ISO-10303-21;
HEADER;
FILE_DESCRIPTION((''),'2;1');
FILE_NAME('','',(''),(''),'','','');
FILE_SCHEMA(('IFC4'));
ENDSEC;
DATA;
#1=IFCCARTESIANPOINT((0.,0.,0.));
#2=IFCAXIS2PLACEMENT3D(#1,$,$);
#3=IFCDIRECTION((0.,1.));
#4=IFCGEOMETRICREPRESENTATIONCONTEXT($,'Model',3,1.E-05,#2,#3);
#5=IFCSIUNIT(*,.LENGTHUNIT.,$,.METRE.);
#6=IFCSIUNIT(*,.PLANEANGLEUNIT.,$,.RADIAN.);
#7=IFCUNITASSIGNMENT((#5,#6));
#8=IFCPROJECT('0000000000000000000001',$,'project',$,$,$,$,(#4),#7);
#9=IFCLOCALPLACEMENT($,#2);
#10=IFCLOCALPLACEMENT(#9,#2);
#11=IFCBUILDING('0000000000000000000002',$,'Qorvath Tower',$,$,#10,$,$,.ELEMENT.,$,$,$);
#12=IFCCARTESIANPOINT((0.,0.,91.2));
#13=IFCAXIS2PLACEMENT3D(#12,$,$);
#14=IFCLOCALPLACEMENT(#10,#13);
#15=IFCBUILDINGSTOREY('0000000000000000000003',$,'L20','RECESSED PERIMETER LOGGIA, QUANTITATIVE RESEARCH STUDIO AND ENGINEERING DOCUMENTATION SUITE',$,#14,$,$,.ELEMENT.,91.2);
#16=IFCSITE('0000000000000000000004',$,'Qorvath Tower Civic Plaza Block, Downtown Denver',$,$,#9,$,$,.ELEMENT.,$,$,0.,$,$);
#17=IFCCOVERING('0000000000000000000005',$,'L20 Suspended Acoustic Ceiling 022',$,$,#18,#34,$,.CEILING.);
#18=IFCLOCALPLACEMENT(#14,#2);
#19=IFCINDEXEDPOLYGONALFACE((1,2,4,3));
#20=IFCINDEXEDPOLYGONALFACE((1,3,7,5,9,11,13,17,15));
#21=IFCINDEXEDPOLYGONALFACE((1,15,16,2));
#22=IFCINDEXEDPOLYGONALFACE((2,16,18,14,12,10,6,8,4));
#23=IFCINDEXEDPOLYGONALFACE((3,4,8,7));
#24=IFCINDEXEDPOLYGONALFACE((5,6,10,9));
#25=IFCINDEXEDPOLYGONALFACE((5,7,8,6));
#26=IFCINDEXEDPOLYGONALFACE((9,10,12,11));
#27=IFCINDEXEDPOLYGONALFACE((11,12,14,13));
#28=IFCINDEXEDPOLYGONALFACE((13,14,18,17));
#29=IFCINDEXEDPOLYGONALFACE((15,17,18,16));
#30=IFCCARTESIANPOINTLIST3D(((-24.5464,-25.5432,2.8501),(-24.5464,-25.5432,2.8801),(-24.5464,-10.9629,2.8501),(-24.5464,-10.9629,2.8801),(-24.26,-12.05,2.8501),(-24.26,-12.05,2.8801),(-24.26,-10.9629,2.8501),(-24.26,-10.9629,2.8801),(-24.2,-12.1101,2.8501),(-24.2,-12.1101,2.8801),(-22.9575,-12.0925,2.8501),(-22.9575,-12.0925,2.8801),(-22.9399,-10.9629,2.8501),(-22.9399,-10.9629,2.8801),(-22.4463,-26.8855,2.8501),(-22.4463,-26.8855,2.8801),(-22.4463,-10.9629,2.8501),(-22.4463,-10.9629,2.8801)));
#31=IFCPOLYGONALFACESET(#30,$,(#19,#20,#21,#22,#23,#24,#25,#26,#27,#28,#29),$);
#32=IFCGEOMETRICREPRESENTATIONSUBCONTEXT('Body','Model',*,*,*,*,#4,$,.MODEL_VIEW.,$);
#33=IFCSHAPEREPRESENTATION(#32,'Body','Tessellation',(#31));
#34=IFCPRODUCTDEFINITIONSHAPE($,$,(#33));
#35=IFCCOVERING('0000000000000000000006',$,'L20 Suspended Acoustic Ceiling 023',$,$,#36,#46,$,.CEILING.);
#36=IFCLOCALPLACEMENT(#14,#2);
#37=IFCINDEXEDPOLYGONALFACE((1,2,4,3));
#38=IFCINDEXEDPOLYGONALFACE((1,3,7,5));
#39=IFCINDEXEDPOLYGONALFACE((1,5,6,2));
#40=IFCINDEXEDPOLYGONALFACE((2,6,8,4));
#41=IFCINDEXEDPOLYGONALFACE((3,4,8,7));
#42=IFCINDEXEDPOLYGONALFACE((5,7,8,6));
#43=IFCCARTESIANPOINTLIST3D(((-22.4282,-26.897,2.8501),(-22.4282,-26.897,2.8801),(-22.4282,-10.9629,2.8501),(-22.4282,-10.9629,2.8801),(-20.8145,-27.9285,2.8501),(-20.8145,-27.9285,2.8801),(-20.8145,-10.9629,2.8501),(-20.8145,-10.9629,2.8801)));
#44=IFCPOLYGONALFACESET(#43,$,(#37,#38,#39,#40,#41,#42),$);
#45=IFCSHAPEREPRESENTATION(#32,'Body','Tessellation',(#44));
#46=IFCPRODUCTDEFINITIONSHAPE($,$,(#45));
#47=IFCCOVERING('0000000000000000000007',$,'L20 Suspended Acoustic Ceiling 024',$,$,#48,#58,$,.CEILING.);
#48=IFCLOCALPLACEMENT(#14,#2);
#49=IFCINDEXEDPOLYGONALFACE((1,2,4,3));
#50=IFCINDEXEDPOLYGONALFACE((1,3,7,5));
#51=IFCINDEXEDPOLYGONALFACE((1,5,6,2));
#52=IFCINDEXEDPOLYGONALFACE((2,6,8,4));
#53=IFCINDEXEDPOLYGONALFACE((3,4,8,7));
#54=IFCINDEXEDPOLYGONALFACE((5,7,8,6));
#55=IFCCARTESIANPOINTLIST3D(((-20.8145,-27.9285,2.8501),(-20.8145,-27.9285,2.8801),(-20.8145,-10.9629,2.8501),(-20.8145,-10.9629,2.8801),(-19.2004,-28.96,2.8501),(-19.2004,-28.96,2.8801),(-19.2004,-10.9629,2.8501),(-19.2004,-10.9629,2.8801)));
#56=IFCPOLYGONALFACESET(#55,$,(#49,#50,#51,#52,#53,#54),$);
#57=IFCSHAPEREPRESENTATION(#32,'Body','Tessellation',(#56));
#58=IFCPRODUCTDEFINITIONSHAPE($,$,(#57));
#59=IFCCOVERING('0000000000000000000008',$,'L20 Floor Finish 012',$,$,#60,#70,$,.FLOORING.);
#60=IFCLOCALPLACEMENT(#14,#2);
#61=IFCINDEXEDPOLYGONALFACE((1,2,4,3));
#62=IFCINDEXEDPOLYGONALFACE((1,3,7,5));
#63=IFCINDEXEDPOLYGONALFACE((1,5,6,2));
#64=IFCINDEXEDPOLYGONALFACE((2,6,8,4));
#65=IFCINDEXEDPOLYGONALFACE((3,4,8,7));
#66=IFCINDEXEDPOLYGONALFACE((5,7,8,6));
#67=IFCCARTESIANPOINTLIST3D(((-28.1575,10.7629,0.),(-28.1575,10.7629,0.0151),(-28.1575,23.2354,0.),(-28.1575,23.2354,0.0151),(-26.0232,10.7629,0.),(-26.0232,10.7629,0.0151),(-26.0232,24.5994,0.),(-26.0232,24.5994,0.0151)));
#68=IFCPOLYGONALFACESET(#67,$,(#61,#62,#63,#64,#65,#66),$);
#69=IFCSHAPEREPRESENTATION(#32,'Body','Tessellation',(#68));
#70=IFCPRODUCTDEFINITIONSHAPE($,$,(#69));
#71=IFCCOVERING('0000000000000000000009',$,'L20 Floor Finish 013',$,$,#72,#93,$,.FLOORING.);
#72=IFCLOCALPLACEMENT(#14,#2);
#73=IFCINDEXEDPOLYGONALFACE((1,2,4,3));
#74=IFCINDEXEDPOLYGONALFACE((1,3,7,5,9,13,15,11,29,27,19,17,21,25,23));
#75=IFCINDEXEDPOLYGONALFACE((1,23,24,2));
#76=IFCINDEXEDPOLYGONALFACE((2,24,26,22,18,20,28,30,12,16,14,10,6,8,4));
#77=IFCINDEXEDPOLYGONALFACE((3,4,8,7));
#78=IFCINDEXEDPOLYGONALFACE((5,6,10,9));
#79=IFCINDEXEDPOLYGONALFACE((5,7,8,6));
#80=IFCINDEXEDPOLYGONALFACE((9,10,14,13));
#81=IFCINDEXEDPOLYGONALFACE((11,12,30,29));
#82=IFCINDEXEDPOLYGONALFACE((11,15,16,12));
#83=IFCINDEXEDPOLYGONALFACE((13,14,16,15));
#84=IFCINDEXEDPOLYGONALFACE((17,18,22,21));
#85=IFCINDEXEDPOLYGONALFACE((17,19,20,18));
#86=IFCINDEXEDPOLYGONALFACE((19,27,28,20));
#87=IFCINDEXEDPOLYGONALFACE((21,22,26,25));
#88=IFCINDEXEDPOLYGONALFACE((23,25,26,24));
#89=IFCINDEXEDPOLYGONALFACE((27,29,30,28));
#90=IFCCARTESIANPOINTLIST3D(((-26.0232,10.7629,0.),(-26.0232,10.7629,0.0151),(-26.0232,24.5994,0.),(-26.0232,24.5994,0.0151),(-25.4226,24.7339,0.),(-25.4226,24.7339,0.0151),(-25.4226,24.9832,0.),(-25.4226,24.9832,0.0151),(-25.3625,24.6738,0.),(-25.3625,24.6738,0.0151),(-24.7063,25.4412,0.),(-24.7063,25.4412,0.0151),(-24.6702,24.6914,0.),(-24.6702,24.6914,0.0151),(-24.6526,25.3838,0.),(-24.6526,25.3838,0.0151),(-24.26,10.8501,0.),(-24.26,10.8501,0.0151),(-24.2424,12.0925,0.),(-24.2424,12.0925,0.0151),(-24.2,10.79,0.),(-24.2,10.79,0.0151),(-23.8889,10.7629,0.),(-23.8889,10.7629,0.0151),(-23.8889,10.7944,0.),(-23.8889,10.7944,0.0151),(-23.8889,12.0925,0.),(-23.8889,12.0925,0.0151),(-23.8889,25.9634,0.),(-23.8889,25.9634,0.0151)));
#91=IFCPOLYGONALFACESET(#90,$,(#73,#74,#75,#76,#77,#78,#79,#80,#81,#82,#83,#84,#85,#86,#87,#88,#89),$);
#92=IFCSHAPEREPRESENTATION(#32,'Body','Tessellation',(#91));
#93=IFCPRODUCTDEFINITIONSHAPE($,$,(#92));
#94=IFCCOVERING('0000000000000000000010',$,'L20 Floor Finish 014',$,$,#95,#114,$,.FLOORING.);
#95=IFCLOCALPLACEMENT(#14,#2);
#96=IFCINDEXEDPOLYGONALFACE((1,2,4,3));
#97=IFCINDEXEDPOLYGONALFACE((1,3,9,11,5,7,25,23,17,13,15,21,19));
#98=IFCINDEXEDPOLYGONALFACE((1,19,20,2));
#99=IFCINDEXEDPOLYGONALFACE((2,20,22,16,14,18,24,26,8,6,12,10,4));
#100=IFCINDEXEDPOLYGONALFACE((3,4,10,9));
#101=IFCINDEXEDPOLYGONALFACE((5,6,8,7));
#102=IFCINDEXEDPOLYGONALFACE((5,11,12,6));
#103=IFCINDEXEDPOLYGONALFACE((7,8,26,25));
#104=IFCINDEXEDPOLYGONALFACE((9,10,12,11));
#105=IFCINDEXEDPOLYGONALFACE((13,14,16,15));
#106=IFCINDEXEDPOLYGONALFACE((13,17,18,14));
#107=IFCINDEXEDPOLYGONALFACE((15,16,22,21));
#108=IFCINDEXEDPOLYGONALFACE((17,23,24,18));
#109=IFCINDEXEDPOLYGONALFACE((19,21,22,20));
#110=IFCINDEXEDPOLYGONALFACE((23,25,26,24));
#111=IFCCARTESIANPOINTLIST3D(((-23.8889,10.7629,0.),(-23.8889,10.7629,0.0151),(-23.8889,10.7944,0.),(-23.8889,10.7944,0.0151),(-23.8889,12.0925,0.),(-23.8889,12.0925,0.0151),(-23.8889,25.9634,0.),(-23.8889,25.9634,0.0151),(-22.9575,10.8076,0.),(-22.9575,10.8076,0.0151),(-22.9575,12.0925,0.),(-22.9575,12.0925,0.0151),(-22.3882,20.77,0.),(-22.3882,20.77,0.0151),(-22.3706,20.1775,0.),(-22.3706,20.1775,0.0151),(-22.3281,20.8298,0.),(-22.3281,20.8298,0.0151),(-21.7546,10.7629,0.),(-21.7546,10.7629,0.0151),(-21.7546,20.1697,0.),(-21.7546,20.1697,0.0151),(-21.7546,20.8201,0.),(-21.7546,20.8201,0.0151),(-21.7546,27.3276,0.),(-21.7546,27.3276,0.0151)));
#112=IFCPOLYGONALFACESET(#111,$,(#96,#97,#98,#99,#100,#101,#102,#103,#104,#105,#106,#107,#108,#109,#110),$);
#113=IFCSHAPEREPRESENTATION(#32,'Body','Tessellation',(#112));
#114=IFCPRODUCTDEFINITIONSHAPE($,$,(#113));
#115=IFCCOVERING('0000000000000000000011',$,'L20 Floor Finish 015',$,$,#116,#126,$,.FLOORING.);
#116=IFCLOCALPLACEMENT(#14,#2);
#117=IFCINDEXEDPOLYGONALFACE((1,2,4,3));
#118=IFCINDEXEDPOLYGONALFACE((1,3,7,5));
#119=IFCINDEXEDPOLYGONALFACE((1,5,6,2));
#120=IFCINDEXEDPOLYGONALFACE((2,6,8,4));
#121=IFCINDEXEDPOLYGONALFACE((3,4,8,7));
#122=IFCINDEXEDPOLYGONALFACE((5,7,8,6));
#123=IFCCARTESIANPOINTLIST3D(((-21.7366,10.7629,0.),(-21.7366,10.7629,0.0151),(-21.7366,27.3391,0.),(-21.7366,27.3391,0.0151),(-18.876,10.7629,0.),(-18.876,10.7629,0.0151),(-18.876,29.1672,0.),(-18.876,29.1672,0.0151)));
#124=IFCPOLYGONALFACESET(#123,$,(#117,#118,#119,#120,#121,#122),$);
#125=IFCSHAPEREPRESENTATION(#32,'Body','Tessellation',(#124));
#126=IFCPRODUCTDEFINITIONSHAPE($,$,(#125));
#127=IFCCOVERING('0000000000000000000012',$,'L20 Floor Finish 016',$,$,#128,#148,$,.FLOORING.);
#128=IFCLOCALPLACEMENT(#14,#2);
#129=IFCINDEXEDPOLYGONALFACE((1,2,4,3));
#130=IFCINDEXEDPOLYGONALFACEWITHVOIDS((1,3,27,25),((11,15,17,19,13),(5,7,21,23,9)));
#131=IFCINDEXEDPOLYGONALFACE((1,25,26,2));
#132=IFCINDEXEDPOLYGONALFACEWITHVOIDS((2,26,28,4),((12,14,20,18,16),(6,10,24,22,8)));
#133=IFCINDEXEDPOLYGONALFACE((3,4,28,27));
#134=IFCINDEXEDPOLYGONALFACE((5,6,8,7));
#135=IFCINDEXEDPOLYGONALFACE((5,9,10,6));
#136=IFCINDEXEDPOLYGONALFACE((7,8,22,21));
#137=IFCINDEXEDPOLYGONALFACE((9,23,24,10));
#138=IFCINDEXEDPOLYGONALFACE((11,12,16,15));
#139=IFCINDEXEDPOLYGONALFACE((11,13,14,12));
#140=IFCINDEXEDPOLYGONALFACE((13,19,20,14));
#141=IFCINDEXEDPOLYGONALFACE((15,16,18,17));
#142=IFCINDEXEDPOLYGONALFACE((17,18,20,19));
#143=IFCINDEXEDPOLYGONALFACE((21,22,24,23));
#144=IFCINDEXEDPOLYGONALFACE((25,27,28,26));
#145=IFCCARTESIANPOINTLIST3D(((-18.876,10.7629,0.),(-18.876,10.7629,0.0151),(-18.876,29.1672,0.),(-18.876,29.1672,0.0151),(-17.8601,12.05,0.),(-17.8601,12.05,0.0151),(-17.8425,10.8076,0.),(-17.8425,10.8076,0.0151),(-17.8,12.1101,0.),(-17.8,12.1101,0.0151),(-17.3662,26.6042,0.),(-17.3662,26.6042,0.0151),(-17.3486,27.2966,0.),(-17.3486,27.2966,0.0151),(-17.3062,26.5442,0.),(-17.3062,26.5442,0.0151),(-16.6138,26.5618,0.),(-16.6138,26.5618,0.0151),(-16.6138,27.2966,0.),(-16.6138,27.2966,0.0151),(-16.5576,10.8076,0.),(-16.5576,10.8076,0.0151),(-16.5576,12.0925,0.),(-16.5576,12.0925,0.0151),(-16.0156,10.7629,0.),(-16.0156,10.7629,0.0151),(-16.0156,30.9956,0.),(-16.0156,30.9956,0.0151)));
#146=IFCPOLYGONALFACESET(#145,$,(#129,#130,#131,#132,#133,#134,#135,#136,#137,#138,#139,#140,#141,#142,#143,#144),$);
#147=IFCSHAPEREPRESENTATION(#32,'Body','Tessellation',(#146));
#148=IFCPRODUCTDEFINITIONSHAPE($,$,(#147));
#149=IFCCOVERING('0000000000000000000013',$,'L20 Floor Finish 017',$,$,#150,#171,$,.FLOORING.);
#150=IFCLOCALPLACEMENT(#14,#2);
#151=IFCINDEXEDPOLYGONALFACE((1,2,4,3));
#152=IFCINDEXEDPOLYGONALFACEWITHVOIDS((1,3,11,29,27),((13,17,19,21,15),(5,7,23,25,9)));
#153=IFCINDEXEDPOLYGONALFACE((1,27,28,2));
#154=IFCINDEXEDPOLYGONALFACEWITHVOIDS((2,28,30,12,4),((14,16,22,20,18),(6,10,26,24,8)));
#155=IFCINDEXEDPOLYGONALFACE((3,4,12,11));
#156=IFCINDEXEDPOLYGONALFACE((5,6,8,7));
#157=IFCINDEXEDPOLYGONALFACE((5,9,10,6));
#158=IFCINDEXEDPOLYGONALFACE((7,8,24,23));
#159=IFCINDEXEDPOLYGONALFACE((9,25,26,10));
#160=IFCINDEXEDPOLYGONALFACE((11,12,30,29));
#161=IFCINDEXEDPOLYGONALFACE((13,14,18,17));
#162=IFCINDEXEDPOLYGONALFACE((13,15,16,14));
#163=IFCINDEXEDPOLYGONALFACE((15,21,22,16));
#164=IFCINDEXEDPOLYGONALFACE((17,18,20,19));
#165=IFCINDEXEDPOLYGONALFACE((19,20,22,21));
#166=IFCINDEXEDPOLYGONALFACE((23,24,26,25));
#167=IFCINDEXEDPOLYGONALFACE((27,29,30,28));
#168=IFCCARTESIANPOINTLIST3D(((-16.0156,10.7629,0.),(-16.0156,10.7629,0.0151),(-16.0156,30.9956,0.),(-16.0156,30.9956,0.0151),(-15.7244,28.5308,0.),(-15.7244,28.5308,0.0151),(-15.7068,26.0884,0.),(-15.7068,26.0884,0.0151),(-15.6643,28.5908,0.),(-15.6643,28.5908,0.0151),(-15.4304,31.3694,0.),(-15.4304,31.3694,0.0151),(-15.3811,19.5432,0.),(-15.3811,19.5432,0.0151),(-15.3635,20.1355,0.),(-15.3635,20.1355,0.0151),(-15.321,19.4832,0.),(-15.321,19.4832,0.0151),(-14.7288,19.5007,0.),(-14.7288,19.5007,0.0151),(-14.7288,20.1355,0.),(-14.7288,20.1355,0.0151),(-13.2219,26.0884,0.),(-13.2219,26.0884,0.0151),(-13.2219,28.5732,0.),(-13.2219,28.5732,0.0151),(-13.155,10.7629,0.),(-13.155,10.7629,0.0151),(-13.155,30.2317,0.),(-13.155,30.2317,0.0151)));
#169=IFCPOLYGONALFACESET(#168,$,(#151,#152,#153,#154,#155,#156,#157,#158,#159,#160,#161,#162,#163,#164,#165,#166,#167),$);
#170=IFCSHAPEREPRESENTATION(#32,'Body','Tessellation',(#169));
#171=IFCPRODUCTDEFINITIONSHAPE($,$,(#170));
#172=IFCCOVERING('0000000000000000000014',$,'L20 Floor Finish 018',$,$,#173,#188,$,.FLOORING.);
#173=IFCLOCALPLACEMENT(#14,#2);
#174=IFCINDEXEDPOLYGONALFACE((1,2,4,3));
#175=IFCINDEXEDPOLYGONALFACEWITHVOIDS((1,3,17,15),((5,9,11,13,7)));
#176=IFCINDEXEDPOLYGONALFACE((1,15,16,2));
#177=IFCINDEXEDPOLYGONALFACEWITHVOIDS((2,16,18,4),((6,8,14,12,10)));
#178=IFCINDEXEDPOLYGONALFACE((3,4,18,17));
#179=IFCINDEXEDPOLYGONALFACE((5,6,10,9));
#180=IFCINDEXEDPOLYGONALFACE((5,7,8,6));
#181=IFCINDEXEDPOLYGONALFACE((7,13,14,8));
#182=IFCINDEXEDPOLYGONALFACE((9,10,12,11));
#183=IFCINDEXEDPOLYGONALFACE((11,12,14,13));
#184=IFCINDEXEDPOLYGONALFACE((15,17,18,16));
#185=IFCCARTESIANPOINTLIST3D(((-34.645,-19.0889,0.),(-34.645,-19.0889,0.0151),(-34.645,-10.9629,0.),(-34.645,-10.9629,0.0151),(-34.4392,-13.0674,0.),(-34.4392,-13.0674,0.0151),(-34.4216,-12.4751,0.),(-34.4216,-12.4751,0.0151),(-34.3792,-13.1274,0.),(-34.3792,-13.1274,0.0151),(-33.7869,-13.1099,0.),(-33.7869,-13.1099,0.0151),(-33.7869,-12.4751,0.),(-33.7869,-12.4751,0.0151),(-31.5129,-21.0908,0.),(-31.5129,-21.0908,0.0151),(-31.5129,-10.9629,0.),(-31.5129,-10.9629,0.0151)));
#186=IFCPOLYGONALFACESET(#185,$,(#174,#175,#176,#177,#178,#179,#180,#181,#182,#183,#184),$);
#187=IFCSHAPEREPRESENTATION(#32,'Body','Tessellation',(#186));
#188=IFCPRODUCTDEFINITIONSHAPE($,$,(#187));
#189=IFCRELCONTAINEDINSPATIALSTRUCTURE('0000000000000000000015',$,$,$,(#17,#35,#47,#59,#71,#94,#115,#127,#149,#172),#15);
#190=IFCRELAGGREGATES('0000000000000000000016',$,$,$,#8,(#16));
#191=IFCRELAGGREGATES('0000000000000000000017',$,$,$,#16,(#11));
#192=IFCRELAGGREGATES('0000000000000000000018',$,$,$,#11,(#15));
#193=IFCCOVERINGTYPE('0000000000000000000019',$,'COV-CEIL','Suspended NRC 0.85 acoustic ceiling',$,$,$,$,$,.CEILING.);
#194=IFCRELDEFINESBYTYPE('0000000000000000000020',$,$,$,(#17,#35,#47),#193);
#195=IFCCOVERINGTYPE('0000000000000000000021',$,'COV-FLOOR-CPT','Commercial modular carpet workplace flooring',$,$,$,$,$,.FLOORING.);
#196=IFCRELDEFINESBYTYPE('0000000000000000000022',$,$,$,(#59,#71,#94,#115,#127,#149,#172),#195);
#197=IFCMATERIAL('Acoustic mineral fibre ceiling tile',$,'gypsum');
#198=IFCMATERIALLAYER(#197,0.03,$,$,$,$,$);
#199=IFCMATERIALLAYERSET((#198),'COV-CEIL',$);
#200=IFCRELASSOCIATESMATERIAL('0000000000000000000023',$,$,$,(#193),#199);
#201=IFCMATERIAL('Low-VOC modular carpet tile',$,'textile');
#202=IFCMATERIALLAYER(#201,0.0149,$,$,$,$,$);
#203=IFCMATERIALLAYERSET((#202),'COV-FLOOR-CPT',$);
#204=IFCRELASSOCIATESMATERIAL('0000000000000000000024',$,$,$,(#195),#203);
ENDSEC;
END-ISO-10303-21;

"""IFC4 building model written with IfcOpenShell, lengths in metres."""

from ifc_helpers import new_model, si_unit, direction, frame, origin, place, context, subcontext, project, spatial, polyline, outline, extrude, material, layer, layer_set, type_object, element, save


model = new_model("IFC4")

# Units and contexts
model_context = context("Model", 3, precision=1e-05, world=origin(), true_north=direction((0.0, 1.0)))
body_context = subcontext(model_context, "Body", "Model", "MODEL_VIEW")
ifc_project = project(units=[si_unit("LENGTHUNIT", "METRE"), si_unit("PLANEANGLEUNIT", "RADIAN")], contexts=[model_context])

# Site, building, storey
site_placement = place(None, origin())
site = spatial("IfcSite", under=ifc_project, at=site_placement, Name="Qorvath Tower Civic Plaza Block, Downtown Denver", CompositionType="ELEMENT", RefElevation=0.0)
building_placement = place(site_placement, origin())
building = spatial("IfcBuilding", under=site, at=building_placement, Name="Qorvath Tower", CompositionType="ELEMENT")
storey_placement = place(building_placement, frame((0.0, 0.0, 91.2)))
storey = spatial("IfcBuildingStorey", under=building, at=storey_placement, Name="L20", Description="RECESSED PERIMETER LOGGIA, QUANTITATIVE RESEARCH STUDIO AND ENGINEERING DOCUMENTATION SUITE", CompositionType="ELEMENT", Elevation=91.2)

# Coverings
ifc_material_1 = material(Name="Acoustic mineral fibre ceiling tile", Category="gypsum")
ifc_layer_1 = layer(ifc_material_1, 0.03)
ifc_layer_set_1 = layer_set([ifc_layer_1], Name="COV-CEIL")
covering_type_1 = type_object("IfcCoveringType", Name="COV-CEIL", Description="Suspended NRC 0.85 acoustic ceiling", PredefinedType="CEILING", material=ifc_layer_set_1)
covering_1_placement = place(storey_placement, frame((0.0, 0.0, 2.8501)))
element("IfcCovering", 1, at=covering_1_placement, inside=storey, type_object=covering_type_1, Name="L20 Suspended Acoustic Ceiling 022", PredefinedType="CEILING", context=body_context, shape_type="SweptSolid", body=[
    extrude(outline(polyline([(-22.4463, -26.8855), (-22.4463, -10.9629), (-22.9399, -10.9629), (-22.9575, -12.0925), (-24.2, -12.1101), (-24.26, -12.05), (-24.26, -10.9629), (-24.5464, -10.9629), (-24.5464, -25.5432), (-22.4463, -26.8855)])), origin(), (0.0, 0.0, 1.0), 0.03),
])
covering_2_placement = place(storey_placement, frame((0.0, 0.0, 2.8501)))
element("IfcCovering", 2, at=covering_2_placement, inside=storey, type_object=covering_type_1, Name="L20 Suspended Acoustic Ceiling 023", PredefinedType="CEILING", context=body_context, shape_type="SweptSolid", body=[
    extrude(outline(polyline([(-22.4282, -26.897), (-20.8145, -27.9285), (-20.8145, -10.9629), (-22.4282, -10.9629), (-22.4282, -26.897)])), origin(), (0.0, 0.0, 1.0), 0.03),
])
covering_3_placement = place(storey_placement, frame((0.0, 0.0, 2.8501)))
element("IfcCovering", 3, at=covering_3_placement, inside=storey, type_object=covering_type_1, Name="L20 Suspended Acoustic Ceiling 024", PredefinedType="CEILING", context=body_context, shape_type="SweptSolid", body=[
    extrude(outline(polyline([(-20.8145, -10.9629), (-20.8145, -27.9285), (-19.2004, -28.96), (-19.2004, -10.9629), (-20.8145, -10.9629)])), origin(), (0.0, 0.0, 1.0), 0.03),
])
ifc_material_2 = material(Name="Low-VOC modular carpet tile", Category="textile")
ifc_layer_2 = layer(ifc_material_2, 0.0149)
ifc_layer_set_2 = layer_set([ifc_layer_2], Name="COV-FLOOR-CPT")
covering_type_2 = type_object("IfcCoveringType", Name="COV-FLOOR-CPT", Description="Commercial modular carpet workplace flooring", PredefinedType="FLOORING", material=ifc_layer_set_2)
covering_4_placement = place(storey_placement, origin())
element("IfcCovering", 4, at=covering_4_placement, inside=storey, type_object=covering_type_2, Name="L20 Floor Finish 012", PredefinedType="FLOORING", context=body_context, shape_type="SweptSolid", body=[
    extrude(outline(polyline([(-26.0232, 10.7629), (-26.0232, 24.5994), (-28.1575, 23.2354), (-28.1575, 10.7629), (-26.0232, 10.7629)])), origin(), (0.0, 0.0, 1.0), 0.0151),
])
covering_5_placement = place(storey_placement, origin())
element("IfcCovering", 5, at=covering_5_placement, inside=storey, type_object=covering_type_2, Name="L20 Floor Finish 013", PredefinedType="FLOORING", context=body_context, shape_type="SweptSolid", body=[
    extrude(outline(polyline([(-23.8889, 10.7629), (-23.8889, 10.7944), (-24.2, 10.79), (-24.26, 10.8501), (-24.2424, 12.0925), (-23.8889, 12.0925), (-23.8889, 25.9634), (-24.7063, 25.4412), (-24.6526, 25.3838), (-24.6702, 24.6914), (-25.3625, 24.6738), (-25.4226, 24.7339), (-25.4226, 24.9832), (-26.0232, 24.5994), (-26.0232, 10.7629), (-23.8889, 10.7629)])), origin(), (0.0, 0.0, 1.0), 0.0151),
])
covering_6_placement = place(storey_placement, origin())
element("IfcCovering", 6, at=covering_6_placement, inside=storey, type_object=covering_type_2, Name="L20 Floor Finish 014", PredefinedType="FLOORING", context=body_context, shape_type="SweptSolid", body=[
    extrude(outline(polyline([(-21.7546, 20.8201), (-21.7546, 27.3276), (-23.8889, 25.9634), (-23.8889, 12.0925), (-22.9575, 12.0925), (-22.9575, 10.8076), (-23.8889, 10.7944), (-23.8889, 10.7629), (-21.7546, 10.7629), (-21.7546, 20.1697), (-22.3706, 20.1775), (-22.3882, 20.77), (-22.3281, 20.8298), (-21.7546, 20.8201)])), origin(), (0.0, 0.0, 1.0), 0.0151),
])
covering_7_placement = place(storey_placement, origin())
element("IfcCovering", 7, at=covering_7_placement, inside=storey, type_object=covering_type_2, Name="L20 Floor Finish 015", PredefinedType="FLOORING", context=body_context, shape_type="SweptSolid", body=[
    extrude(outline(polyline([(-21.7366, 10.7629), (-18.876, 10.7629), (-18.876, 29.1672), (-21.7366, 27.3391), (-21.7366, 10.7629)])), origin(), (0.0, 0.0, 1.0), 0.0151),
])
covering_8_placement = place(storey_placement, origin())
element("IfcCovering", 8, at=covering_8_placement, inside=storey, type_object=covering_type_2, Name="L20 Floor Finish 016", PredefinedType="FLOORING", context=body_context, shape_type="SweptSolid", body=[
    extrude(outline(polyline([(-18.876, 29.1672), (-18.876, 10.7629), (-16.0156, 10.7629), (-16.0156, 30.9956), (-18.876, 29.1672)]), holes=[polyline([(-17.8601, 12.05), (-17.8, 12.1101), (-16.5576, 12.0925), (-16.5576, 10.8076), (-17.8425, 10.8076), (-17.8601, 12.05)]), polyline([(-17.3662, 26.6042), (-17.3486, 27.2966), (-16.6138, 27.2966), (-16.6138, 26.5618), (-17.3062, 26.5442), (-17.3662, 26.6042)])]), origin(), (0.0, 0.0, 1.0), 0.0151),
])
covering_9_placement = place(storey_placement, origin())
element("IfcCovering", 9, at=covering_9_placement, inside=storey, type_object=covering_type_2, Name="L20 Floor Finish 017", PredefinedType="FLOORING", context=body_context, shape_type="SweptSolid", body=[
    extrude(outline(polyline([(-16.0156, 30.9956), (-16.0156, 10.7629), (-13.155, 10.7629), (-13.155, 30.2317), (-15.4304, 31.3694), (-16.0156, 30.9956)]), holes=[polyline([(-15.7244, 28.5308), (-15.6643, 28.5908), (-13.2219, 28.5732), (-13.2219, 26.0884), (-15.7068, 26.0884), (-15.7244, 28.5308)]), polyline([(-15.3811, 19.5432), (-15.3635, 20.1355), (-14.7288, 20.1355), (-14.7288, 19.5007), (-15.321, 19.4832), (-15.3811, 19.5432)])]), origin(), (0.0, 0.0, 1.0), 0.0151),
])
covering_10_placement = place(storey_placement, origin())
element("IfcCovering", 10, at=covering_10_placement, inside=storey, type_object=covering_type_2, Name="L20 Floor Finish 018", PredefinedType="FLOORING", context=body_context, shape_type="SweptSolid", body=[
    extrude(outline(polyline([(-34.645, -10.9629), (-34.645, -19.0889), (-31.5129, -21.0908), (-31.5129, -10.9629), (-34.645, -10.9629)]), holes=[polyline([(-34.4392, -13.0674), (-34.4216, -12.4751), (-33.7869, -12.4751), (-33.7869, -13.1099), (-34.3792, -13.1274), (-34.4392, -13.0674)])]), origin(), (0.0, 0.0, 1.0), 0.0151),
])

save(model, "model.ifc")
